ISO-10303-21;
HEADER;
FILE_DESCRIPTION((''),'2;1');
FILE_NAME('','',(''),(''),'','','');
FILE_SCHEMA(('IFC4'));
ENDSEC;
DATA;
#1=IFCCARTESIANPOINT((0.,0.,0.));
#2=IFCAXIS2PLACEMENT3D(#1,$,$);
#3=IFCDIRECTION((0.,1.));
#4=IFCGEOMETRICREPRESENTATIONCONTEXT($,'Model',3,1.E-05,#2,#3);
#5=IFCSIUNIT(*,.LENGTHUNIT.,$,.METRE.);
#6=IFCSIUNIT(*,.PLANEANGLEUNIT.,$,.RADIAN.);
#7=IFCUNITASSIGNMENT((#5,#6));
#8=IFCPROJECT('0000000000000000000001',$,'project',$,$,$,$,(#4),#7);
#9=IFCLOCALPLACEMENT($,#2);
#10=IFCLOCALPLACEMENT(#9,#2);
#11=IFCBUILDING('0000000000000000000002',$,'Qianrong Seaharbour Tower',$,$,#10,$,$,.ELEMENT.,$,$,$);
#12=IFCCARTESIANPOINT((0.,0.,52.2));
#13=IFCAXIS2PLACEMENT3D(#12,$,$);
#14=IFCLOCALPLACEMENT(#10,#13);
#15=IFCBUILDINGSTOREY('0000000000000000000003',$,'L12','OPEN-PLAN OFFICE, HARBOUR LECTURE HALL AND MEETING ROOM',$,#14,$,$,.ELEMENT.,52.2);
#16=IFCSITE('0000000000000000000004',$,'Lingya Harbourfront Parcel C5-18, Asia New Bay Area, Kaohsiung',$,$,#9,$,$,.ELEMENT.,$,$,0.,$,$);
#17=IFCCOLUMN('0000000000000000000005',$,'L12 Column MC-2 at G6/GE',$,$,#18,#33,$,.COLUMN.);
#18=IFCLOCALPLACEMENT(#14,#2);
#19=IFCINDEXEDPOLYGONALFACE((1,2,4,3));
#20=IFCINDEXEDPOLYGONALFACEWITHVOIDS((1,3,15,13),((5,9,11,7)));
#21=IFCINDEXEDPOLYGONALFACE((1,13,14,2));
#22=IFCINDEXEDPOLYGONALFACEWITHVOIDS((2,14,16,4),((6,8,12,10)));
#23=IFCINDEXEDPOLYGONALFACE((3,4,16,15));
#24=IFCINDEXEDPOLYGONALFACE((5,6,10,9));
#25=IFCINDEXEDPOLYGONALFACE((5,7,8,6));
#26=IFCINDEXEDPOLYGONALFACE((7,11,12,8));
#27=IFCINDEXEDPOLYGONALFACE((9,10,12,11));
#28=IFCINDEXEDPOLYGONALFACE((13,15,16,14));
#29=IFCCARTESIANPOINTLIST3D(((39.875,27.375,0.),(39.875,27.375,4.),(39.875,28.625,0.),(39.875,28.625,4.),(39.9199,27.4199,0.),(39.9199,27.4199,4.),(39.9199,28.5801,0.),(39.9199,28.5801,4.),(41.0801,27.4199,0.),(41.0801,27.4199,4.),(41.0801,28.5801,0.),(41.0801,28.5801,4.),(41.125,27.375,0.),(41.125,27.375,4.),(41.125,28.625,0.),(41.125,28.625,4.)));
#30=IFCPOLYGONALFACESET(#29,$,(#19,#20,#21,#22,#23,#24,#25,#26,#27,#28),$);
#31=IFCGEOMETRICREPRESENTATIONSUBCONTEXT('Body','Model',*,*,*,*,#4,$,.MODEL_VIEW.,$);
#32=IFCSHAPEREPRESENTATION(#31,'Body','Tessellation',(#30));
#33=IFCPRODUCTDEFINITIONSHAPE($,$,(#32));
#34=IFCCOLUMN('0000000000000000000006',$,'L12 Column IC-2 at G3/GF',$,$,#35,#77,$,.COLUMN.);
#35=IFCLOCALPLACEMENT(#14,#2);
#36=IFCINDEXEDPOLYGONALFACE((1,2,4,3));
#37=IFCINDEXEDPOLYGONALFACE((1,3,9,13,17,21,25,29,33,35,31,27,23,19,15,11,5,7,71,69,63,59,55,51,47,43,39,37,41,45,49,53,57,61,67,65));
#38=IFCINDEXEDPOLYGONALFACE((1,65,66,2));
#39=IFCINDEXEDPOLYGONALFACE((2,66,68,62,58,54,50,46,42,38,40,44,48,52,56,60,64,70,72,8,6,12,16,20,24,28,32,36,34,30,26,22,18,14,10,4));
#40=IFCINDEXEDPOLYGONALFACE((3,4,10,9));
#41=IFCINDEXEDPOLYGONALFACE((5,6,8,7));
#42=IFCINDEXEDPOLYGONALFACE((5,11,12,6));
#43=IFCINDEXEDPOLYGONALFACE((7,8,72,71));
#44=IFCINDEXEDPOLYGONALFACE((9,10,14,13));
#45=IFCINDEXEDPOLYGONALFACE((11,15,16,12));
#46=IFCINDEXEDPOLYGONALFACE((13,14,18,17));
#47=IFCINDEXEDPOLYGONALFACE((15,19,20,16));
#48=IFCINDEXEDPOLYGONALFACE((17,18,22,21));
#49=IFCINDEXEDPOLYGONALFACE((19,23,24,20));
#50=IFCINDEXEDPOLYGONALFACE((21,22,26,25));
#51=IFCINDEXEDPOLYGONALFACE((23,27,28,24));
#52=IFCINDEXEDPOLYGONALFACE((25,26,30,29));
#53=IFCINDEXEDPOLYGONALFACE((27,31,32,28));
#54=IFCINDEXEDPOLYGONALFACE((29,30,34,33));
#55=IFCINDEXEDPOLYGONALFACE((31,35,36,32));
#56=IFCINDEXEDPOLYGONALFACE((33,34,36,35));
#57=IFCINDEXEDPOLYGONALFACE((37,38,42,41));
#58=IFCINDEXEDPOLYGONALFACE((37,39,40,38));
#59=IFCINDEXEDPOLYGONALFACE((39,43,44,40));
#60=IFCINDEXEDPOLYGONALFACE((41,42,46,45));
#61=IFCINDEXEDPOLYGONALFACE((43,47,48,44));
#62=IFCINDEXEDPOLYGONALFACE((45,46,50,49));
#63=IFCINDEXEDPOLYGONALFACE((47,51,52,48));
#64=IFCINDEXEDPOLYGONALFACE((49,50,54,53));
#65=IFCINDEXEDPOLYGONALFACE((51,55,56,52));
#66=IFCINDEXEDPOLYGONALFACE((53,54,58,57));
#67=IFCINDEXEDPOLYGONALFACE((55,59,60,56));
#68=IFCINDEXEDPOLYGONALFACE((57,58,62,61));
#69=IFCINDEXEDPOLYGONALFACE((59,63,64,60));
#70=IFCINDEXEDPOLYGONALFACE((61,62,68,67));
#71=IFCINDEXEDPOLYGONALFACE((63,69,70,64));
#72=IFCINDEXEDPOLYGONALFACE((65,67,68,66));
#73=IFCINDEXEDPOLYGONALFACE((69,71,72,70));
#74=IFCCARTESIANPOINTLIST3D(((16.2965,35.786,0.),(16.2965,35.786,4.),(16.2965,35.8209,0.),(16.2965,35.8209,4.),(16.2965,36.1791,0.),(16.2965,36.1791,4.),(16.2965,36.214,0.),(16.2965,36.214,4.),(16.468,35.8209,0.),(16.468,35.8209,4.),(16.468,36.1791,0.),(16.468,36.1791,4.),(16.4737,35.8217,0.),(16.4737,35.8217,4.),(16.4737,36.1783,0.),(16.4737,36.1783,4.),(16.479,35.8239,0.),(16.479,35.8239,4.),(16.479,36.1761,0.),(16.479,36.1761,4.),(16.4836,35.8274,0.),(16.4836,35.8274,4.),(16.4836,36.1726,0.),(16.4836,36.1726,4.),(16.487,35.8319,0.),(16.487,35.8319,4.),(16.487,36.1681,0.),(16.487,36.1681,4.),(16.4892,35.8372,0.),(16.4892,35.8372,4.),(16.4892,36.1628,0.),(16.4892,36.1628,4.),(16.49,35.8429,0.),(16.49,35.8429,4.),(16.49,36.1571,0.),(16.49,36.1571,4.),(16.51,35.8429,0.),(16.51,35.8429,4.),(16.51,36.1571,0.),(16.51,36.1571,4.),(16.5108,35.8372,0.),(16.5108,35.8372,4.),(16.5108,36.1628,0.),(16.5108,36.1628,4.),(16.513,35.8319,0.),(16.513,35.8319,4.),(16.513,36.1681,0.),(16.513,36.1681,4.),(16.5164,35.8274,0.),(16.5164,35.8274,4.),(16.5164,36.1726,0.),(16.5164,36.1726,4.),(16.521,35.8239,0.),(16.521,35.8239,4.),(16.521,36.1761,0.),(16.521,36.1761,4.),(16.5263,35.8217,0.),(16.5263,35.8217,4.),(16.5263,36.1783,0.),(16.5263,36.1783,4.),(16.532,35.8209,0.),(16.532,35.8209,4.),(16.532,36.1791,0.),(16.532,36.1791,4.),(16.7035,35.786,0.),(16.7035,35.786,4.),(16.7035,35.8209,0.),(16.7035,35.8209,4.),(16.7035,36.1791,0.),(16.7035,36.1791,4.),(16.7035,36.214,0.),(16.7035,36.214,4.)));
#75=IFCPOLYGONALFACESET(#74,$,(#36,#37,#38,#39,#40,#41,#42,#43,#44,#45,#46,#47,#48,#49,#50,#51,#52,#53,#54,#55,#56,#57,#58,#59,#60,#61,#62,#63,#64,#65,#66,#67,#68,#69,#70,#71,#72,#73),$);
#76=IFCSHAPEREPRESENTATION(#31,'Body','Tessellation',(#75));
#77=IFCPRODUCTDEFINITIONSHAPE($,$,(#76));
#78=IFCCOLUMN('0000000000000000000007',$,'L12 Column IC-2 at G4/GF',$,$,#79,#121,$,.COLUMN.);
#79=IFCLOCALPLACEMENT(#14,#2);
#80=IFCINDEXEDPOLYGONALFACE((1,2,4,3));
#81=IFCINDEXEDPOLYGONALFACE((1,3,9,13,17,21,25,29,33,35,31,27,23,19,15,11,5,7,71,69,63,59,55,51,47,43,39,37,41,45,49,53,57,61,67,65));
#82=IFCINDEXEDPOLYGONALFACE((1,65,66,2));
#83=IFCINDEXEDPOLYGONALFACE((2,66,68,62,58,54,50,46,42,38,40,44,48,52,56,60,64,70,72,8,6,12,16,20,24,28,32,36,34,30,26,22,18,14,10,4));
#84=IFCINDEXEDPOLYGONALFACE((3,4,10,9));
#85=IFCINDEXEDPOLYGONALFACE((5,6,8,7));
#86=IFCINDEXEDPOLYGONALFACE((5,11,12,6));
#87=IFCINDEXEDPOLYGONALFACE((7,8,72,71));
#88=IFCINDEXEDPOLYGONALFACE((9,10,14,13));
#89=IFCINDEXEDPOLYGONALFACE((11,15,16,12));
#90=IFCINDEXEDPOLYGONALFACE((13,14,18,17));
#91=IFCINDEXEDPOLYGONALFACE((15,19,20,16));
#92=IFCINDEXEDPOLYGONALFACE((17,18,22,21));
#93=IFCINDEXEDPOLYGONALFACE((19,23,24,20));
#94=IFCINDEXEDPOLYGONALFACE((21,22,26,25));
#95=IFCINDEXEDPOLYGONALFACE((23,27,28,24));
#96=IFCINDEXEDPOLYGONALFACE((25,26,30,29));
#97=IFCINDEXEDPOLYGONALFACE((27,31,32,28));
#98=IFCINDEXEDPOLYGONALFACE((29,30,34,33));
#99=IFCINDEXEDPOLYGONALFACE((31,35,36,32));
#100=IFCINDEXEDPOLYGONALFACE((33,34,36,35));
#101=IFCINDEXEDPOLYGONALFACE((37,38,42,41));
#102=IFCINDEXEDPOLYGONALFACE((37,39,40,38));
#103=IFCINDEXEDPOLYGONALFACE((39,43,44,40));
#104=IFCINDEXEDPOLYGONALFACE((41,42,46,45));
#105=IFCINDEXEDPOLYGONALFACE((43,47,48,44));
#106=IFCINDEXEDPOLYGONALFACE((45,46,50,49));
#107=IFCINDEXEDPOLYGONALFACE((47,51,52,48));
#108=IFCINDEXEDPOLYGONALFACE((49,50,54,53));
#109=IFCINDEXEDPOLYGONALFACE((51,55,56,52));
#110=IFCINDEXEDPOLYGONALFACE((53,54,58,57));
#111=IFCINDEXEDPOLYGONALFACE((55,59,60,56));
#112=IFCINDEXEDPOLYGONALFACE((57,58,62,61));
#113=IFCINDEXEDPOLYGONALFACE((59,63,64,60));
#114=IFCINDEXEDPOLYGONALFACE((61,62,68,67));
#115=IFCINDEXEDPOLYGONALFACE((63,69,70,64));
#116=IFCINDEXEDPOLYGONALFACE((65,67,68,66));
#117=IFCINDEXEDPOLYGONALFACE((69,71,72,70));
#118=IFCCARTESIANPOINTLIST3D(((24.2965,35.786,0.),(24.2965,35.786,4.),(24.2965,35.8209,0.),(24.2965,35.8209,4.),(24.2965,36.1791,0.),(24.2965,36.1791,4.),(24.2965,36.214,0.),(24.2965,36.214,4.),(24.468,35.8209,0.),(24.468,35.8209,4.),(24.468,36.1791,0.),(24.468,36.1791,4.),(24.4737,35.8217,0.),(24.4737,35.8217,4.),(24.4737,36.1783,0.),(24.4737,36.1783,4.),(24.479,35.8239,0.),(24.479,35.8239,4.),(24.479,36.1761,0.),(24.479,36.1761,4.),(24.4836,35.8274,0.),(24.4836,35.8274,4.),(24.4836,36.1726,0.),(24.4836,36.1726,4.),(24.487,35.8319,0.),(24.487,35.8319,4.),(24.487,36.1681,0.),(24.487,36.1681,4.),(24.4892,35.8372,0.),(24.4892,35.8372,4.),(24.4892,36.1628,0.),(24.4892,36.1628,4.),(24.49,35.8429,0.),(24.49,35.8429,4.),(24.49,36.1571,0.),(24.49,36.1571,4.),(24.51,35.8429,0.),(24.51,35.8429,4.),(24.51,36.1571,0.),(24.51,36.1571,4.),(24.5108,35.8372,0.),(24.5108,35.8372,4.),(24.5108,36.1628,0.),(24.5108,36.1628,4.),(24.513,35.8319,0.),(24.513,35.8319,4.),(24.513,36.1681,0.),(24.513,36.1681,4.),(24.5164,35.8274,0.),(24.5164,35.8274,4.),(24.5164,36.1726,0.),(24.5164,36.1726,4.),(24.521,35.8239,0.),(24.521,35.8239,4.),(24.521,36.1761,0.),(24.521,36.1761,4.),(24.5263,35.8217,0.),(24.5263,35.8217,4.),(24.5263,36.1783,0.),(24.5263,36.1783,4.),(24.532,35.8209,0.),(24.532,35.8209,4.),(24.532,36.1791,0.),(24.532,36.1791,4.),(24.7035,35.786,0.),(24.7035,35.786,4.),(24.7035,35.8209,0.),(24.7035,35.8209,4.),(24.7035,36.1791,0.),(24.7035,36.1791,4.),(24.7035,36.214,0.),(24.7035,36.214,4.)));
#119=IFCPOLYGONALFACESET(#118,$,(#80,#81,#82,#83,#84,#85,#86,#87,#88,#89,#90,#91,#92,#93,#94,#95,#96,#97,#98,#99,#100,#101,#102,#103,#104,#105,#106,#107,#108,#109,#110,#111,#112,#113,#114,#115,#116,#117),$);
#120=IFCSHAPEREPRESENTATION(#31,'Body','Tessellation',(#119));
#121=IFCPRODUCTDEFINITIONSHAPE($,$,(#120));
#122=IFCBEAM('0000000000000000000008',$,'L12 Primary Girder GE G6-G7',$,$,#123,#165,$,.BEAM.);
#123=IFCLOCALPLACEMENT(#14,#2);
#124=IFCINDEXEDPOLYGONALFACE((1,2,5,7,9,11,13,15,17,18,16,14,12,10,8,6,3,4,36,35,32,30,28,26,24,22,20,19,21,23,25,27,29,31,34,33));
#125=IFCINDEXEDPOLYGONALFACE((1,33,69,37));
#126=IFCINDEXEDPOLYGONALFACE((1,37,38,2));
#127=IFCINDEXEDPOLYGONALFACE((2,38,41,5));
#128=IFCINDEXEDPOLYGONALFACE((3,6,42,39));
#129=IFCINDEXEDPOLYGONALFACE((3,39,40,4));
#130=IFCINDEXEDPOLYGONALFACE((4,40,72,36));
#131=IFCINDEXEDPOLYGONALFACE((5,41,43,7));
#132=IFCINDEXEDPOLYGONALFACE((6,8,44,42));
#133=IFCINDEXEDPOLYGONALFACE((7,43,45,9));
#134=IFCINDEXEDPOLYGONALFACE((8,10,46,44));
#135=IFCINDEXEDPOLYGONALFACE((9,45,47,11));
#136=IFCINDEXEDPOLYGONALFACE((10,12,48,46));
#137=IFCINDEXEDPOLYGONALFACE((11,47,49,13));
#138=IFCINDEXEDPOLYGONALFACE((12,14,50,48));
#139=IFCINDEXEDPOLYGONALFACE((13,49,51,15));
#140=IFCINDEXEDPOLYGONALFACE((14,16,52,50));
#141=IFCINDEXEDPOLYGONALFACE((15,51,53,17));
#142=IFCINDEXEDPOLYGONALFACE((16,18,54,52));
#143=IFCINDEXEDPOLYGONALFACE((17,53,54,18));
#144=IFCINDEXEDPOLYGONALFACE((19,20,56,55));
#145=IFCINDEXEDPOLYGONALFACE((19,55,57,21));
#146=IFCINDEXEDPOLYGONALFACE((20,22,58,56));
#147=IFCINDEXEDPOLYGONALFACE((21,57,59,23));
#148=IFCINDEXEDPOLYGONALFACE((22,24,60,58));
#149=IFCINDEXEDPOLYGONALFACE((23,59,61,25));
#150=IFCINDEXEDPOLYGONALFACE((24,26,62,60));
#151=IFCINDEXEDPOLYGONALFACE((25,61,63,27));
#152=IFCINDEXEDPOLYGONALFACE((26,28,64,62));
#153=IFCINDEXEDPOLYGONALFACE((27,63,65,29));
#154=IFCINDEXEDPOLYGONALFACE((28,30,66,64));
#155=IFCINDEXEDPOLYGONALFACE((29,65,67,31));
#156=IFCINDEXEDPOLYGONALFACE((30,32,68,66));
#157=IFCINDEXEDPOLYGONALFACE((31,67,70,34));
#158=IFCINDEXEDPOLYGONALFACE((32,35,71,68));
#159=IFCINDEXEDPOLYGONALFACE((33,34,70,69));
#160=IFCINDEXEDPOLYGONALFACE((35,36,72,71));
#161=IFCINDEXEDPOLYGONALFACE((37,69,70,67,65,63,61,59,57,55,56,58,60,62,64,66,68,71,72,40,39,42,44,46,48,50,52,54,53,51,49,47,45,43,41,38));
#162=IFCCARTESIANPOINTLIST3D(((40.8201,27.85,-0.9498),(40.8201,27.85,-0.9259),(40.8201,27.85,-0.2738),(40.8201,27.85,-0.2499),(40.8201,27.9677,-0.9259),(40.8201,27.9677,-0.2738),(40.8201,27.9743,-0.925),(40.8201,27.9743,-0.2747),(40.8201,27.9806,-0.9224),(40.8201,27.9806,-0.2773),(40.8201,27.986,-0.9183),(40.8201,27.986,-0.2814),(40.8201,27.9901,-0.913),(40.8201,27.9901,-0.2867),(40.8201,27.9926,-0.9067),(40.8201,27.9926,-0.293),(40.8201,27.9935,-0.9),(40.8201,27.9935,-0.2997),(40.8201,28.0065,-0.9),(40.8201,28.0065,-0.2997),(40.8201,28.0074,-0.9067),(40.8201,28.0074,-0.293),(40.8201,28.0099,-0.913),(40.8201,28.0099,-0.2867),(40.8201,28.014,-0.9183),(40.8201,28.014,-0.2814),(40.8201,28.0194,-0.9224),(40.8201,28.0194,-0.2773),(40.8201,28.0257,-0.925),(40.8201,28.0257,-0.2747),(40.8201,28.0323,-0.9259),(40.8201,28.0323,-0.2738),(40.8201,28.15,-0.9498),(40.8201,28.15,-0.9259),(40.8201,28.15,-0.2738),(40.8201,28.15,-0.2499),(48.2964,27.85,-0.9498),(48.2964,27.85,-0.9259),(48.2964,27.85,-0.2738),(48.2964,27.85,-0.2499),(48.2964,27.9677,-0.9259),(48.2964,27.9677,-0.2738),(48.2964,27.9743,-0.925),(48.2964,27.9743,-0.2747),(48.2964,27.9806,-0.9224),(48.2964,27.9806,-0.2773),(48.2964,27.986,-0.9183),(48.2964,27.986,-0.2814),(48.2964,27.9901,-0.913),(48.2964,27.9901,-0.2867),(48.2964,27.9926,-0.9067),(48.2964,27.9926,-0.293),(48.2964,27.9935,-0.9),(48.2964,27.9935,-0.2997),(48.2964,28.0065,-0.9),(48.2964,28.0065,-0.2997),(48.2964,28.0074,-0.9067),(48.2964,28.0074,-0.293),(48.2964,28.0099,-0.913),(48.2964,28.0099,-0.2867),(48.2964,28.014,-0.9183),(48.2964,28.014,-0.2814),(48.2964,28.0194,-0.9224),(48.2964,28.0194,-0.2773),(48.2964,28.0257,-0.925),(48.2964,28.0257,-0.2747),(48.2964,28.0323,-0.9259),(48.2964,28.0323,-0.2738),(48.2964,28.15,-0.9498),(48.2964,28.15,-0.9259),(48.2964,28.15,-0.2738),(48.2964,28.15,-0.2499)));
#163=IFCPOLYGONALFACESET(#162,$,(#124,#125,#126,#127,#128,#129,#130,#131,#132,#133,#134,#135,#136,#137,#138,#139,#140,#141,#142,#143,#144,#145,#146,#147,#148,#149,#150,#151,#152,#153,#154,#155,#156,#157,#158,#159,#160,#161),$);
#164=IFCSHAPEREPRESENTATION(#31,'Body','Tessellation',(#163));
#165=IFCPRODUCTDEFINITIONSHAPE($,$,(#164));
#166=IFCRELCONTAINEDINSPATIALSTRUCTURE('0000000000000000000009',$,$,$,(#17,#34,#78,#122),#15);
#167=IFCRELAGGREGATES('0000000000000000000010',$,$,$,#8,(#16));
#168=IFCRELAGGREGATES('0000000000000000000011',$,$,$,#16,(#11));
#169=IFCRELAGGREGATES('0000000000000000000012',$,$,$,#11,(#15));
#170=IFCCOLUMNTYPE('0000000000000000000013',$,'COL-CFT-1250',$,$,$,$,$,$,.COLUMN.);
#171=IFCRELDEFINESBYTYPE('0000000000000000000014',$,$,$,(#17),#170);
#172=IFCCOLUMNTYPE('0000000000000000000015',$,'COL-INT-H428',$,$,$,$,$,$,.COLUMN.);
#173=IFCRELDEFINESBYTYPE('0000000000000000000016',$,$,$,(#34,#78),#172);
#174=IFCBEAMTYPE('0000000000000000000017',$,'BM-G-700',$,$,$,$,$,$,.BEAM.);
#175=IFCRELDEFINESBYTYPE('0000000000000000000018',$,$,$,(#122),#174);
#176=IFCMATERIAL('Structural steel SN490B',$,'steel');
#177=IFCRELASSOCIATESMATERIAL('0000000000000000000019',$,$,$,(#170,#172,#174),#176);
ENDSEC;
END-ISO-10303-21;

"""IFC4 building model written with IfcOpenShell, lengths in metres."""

from ifc_helpers import new_model, si_unit, direction, frame, origin, origin_2d, place, context, subcontext, project, spatial, hollow_rectangle, i_section, extrude, material, material_profile, profile_set, type_object, element, save


model = new_model("IFC4")

# Units and contexts
model_context = context("Model", 3, precision=1e-05, world=origin(), true_north=direction((0.0, 1.0)))
body_context = subcontext(model_context, "Body", "Model", "MODEL_VIEW")
ifc_project = project(units=[si_unit("LENGTHUNIT", "METRE"), si_unit("PLANEANGLEUNIT", "RADIAN")], contexts=[model_context])

# Site, building, storey
site_placement = place(None, origin())
site = spatial("IfcSite", under=ifc_project, at=site_placement, Name="Lingya Harbourfront Parcel C5-18, Asia New Bay Area, Kaohsiung", CompositionType="ELEMENT", RefElevation=0.0)
building_placement = place(site_placement, origin())
building = spatial("IfcBuilding", under=site, at=building_placement, Name="Qianrong Seaharbour Tower", CompositionType="ELEMENT")
storey_placement = place(building_placement, frame((0.0, 0.0, 52.2)))
storey = spatial("IfcBuildingStorey", under=building, at=storey_placement, Name="L12", Description="OPEN-PLAN OFFICE, HARBOUR LECTURE HALL AND MEETING ROOM", CompositionType="ELEMENT", Elevation=52.2)

# Columns
ifc_material_1 = material(Name="Structural steel SN490B", Category="steel")
ifc_material_profile_1 = material_profile(ifc_material_1, hollow_rectangle(XDim=1.25, YDim=1.25, WallThickness=0.0449, at=origin_2d()), Name="BOX1250x1250x45")
ifc_profile_set_1 = profile_set([ifc_material_profile_1], Name="Structural steel SN490B")
column_type_1 = type_object("IfcColumnType", Name="COL-CFT-1250", PredefinedType="COLUMN", material=ifc_profile_set_1)
column_placement = place(storey_placement, frame((40.5, 28.0, 0.0), z_axis=(0.0, 0.0, 1.0), x_axis=(1.0, 0.0, 0.0)))
element("IfcColumn", 1, at=column_placement, inside=storey, type_object=column_type_1, Name="L12 Column MC-2 at G6/GE", PredefinedType="COLUMN", context=body_context, shape_type="SweptSolid", body=[
    extrude(hollow_rectangle(XDim=1.25, YDim=1.25, WallThickness=0.0449, at=origin_2d()), origin(), (0.0, 0.0, 1.0), 4.0),
])
ifc_material_profile_2 = material_profile(ifc_material_1, i_section(OverallWidth=0.407, OverallDepth=0.428, WebThickness=0.02, FlangeThickness=0.0349, FilletRadius=0.022, at=origin_2d()), Name="H428x407x20x35")
ifc_profile_set_2 = profile_set([ifc_material_profile_2], Name="Structural steel SN490B")
column_type_2 = type_object("IfcColumnType", Name="COL-INT-H428", PredefinedType="COLUMN", material=ifc_profile_set_2)
for number, where, z_axis, x_axis, name in (
    (2, (16.5, 36.0, 0.0), (0.0, 0.0, 1.0), (1.0, 0.0, 0.0), "L12 Column IC-2 at G3/GF"),
    (3, (24.5, 36.0, 0.0), (0.0, 0.0, 1.0), (1.0, 0.0, 0.0), "L12 Column IC-2 at G4/GF"),
):
    element("IfcColumn", number, at=place(storey_placement, frame(where, z_axis=z_axis, x_axis=x_axis)), inside=storey, type_object=column_type_2, Name=name, PredefinedType="COLUMN", context=body_context, shape_type="SweptSolid", body=[
        extrude(i_section(OverallWidth=0.407, OverallDepth=0.428, WebThickness=0.02, FlangeThickness=0.0349, FilletRadius=0.022, at=origin_2d()), origin(), (0.0, 0.0, 1.0), 4.0),
    ])

# Beam
ifc_material_profile_3 = material_profile(ifc_material_1, i_section(OverallWidth=0.3, OverallDepth=0.7, WebThickness=0.0129, FlangeThickness=0.0239, FilletRadius=0.0259, at=origin_2d()), Name="H700x300x13x24")
ifc_profile_set_3 = profile_set([ifc_material_profile_3], Name="Structural steel SN490B")
beam_type_1 = type_object("IfcBeamType", Name="BM-G-700", PredefinedType="BEAM", material=ifc_profile_set_3)
beam_1_placement = place(storey_placement, frame((40.8201, 28.0, -0.5999), z_axis=(1.0, 0.0, 0.0), x_axis=(0.0, 1.0, 0.0)))
element("IfcBeam", 4, at=beam_1_placement, inside=storey, type_object=beam_type_1, Name="L12 Primary Girder GE G6-G7", PredefinedType="BEAM", context=body_context, shape_type="SweptSolid", body=[
    extrude(i_section(OverallWidth=0.3, OverallDepth=0.7, WebThickness=0.0129, FlangeThickness=0.0239, FilletRadius=0.0259, at=origin_2d()), origin(), (0.0, 0.0, 1.0), 7.4763),
])

save(model, "model.ifc")
